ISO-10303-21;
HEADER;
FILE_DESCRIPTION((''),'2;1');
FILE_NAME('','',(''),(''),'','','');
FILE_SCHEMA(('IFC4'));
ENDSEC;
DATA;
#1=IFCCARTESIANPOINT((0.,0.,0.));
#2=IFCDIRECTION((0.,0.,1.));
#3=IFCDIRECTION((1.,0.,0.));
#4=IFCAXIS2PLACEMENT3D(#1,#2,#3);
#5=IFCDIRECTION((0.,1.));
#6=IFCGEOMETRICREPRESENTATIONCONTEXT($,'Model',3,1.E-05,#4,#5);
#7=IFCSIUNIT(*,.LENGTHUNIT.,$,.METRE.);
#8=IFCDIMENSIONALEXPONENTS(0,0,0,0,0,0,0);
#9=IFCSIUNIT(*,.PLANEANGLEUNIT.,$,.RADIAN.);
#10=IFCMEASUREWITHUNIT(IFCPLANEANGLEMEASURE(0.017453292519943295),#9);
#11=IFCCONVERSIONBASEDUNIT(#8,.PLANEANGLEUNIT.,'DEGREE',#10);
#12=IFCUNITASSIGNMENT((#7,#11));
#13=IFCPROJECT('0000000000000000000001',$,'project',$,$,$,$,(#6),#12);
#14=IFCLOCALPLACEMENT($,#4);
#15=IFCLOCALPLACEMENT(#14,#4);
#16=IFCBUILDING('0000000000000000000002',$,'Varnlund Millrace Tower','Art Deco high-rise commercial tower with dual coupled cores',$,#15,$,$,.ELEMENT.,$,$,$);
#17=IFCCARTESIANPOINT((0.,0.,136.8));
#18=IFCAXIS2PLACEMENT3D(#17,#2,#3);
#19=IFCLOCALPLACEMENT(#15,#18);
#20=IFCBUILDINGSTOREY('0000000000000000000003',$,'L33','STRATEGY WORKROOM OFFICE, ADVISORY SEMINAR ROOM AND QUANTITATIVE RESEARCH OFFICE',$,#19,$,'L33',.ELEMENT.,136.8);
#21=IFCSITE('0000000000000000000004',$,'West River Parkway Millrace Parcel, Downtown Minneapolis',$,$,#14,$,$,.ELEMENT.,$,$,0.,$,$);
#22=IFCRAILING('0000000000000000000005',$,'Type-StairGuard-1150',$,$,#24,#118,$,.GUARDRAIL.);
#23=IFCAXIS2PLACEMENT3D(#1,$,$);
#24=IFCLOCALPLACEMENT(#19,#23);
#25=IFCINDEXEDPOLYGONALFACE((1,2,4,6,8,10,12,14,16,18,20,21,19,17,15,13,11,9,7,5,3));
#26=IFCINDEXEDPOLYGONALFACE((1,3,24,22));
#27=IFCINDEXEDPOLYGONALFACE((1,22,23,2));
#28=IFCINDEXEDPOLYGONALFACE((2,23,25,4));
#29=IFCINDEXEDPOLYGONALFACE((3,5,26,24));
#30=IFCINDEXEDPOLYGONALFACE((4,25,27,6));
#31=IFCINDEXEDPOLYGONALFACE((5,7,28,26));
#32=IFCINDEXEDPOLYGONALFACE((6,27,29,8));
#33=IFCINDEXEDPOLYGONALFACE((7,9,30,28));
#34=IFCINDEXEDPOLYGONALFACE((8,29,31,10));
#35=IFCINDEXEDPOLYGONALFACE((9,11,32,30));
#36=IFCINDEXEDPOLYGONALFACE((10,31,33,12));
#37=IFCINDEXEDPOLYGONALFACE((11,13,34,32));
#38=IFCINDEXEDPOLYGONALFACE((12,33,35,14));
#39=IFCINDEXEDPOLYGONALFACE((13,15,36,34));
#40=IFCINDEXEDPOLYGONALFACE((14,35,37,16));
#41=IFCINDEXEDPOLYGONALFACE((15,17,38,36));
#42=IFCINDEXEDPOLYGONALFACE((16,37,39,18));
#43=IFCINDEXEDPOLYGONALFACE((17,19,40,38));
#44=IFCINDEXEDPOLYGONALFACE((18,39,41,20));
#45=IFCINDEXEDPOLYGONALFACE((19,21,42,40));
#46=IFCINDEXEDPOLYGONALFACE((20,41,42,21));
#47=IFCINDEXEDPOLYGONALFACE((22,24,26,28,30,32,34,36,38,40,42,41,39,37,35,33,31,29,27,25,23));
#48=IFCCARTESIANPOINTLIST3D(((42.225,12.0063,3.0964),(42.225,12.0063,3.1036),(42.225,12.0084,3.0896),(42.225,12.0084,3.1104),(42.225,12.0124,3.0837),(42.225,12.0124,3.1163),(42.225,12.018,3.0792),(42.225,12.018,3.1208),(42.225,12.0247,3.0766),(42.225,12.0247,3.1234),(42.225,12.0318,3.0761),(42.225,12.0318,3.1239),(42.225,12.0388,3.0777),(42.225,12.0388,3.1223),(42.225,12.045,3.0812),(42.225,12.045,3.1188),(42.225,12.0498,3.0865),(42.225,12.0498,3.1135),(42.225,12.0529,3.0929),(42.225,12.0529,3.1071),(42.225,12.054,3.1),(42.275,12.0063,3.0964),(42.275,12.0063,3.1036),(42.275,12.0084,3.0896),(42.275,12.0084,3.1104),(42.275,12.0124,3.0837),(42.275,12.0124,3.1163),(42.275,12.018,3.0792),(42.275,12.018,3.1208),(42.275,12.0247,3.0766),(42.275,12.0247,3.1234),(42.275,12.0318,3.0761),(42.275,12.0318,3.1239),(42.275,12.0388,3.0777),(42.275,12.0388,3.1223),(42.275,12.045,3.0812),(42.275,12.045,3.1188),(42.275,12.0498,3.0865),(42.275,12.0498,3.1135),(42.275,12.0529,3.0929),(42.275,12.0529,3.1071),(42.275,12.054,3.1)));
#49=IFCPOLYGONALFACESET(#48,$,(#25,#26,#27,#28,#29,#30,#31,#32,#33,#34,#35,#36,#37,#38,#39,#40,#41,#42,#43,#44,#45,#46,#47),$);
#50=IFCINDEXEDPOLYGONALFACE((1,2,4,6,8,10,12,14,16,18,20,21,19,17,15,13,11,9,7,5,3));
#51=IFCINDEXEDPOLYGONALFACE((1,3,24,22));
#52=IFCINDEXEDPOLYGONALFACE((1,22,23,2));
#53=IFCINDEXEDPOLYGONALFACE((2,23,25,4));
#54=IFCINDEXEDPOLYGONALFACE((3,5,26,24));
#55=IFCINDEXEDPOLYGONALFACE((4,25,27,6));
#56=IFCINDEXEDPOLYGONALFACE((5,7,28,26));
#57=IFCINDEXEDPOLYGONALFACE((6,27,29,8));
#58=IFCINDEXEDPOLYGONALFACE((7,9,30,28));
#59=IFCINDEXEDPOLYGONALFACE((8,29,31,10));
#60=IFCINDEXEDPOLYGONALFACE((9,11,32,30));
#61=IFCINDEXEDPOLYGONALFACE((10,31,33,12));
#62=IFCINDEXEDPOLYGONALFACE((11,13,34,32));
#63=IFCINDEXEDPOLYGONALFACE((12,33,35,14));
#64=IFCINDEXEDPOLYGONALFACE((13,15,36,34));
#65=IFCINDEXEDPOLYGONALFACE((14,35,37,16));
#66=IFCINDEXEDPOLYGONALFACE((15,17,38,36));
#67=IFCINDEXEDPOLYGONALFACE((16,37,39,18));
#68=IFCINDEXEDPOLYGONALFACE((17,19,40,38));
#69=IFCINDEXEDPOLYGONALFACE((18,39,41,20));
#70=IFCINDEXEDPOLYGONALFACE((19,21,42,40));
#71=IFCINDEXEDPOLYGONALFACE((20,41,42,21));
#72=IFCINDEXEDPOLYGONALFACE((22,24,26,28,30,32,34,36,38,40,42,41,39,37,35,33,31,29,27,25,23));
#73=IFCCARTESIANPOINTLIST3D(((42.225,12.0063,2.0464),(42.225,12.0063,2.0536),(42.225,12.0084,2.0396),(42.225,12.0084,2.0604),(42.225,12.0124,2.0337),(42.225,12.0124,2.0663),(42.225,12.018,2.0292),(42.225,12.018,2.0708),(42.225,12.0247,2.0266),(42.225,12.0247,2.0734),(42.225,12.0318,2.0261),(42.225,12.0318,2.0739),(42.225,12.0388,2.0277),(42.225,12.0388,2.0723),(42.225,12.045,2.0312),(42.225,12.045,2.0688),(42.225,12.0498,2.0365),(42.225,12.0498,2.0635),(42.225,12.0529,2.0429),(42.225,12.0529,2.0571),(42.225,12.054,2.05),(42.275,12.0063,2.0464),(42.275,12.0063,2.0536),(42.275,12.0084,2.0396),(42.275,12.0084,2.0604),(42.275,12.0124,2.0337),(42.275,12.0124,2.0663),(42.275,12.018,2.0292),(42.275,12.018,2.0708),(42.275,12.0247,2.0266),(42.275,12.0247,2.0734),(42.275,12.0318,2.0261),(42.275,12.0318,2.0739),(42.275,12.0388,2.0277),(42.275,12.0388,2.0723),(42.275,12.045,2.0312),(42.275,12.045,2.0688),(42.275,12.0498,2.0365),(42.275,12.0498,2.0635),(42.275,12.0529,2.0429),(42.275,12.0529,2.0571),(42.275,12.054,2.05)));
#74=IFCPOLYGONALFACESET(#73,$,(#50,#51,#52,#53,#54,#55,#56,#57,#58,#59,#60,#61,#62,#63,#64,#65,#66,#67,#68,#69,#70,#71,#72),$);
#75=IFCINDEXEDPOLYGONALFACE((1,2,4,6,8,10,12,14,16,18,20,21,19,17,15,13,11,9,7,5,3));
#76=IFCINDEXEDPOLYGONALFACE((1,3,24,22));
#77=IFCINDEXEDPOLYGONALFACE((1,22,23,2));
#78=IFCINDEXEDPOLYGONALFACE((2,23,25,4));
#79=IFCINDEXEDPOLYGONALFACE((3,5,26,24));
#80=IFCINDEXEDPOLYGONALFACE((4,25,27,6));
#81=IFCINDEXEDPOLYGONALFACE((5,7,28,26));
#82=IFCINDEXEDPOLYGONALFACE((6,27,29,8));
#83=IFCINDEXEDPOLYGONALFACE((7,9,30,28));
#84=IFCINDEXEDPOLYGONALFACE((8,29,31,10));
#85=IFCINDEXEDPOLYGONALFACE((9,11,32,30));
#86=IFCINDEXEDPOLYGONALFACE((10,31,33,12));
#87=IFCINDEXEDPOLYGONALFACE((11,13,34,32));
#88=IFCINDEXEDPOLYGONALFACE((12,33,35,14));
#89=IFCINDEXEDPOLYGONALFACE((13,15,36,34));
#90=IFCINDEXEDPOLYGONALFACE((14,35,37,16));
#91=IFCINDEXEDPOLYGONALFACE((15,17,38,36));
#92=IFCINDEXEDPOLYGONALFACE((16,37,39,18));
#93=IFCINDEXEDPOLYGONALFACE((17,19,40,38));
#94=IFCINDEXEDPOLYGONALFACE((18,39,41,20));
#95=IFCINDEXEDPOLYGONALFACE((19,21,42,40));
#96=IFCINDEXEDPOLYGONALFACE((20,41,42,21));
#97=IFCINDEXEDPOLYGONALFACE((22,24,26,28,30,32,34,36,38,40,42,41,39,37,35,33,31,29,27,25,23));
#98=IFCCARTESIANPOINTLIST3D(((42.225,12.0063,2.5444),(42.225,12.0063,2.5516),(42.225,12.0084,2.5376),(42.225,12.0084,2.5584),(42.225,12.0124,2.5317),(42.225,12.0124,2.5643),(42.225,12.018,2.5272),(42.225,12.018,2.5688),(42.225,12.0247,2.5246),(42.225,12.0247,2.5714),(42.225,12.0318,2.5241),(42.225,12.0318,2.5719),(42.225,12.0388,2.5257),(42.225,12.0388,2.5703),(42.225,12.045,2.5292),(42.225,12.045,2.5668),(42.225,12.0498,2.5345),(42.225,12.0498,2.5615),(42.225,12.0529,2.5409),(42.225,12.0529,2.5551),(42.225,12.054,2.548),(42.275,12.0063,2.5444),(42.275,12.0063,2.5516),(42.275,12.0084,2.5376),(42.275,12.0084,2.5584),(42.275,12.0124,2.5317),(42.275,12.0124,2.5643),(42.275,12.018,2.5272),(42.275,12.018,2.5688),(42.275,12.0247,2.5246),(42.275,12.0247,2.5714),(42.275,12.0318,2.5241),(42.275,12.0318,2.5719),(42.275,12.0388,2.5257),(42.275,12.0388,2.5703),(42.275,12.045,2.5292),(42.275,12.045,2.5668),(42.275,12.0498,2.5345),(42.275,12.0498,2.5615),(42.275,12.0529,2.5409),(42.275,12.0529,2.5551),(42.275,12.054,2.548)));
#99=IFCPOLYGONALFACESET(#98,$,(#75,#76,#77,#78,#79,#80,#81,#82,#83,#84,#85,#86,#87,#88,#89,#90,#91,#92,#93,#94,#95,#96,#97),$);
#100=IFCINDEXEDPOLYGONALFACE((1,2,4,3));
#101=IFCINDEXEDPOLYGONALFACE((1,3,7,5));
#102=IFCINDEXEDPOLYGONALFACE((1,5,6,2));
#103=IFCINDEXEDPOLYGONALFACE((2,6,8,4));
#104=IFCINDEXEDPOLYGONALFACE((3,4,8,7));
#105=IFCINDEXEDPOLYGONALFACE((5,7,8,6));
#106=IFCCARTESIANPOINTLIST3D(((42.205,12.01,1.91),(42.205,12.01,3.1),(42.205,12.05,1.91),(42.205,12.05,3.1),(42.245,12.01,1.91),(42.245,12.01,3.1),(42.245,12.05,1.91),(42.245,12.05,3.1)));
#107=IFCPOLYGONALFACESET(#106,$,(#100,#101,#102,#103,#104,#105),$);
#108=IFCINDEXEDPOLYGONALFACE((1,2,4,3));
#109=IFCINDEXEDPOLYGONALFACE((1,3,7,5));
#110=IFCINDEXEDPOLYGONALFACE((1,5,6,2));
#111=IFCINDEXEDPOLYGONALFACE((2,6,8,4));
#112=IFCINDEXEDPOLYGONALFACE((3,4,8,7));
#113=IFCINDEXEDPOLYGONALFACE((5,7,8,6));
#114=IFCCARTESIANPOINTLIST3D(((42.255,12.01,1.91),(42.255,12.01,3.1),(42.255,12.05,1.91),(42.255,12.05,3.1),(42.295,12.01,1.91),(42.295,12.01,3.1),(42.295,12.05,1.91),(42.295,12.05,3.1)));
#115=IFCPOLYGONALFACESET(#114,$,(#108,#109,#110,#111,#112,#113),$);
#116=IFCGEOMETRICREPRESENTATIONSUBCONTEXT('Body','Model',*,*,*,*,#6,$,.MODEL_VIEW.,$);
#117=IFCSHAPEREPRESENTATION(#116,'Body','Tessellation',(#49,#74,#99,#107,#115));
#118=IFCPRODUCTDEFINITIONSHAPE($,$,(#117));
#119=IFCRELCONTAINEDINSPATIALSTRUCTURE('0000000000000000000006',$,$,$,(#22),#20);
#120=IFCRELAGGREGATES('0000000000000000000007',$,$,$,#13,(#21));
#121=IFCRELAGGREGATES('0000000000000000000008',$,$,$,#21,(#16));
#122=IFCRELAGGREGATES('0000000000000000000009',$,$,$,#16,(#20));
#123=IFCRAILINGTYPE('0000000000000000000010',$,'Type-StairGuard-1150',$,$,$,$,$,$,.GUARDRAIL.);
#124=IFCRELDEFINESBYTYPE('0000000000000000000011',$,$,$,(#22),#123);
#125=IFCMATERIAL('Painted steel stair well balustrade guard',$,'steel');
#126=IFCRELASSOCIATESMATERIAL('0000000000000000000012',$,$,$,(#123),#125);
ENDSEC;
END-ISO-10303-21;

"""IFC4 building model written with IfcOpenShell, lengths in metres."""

from ifc_helpers import new_model, entity, si_unit, converted_unit, direction, frame, origin_with_axes, origin_2d_with_axis, place, context, subcontext, project, spatial, rectangle, circle, extrude, material, type_object, element, save


model = new_model("IFC4")

# Units and contexts
model_context = context("Model", 3, precision=1e-05, world=origin_with_axes(), true_north=direction((0.0, 1.0)))
body_context = subcontext(model_context, "Body", "Model", "MODEL_VIEW")
ifc_project = project(units=[si_unit("LENGTHUNIT", "METRE"), converted_unit("PLANEANGLEUNIT", "DEGREE", entity("IfcPlaneAngleMeasure", 0.017453292519943295), si_unit("PLANEANGLEUNIT", "RADIAN"), dimensions=[0, 0, 0, 0, 0, 0, 0])], contexts=[model_context])

# Site, building, storey
site_placement = place(None, origin_with_axes())
site = spatial("IfcSite", under=ifc_project, at=site_placement, Name="West River Parkway Millrace Parcel, Downtown Minneapolis", CompositionType="ELEMENT", RefElevation=0.0)
building_placement = place(site_placement, origin_with_axes())
building = spatial("IfcBuilding", under=site, at=building_placement, Name="Varnlund Millrace Tower", Description="Art Deco high-rise commercial tower with dual coupled cores", CompositionType="ELEMENT")
storey_placement = place(building_placement, frame((0.0, 0.0, 136.8), z_axis=(0.0, 0.0, 1.0), x_axis=(1.0, 0.0, 0.0)))
storey = spatial("IfcBuildingStorey", under=building, at=storey_placement, Name="L33", Description="STRATEGY WORKROOM OFFICE, ADVISORY SEMINAR ROOM AND QUANTITATIVE RESEARCH OFFICE", LongName="L33", CompositionType="ELEMENT", Elevation=136.8)

# Railing
ifc_material_1 = material(Name="Painted steel stair well balustrade guard", Category="steel")
railing_type_1 = type_object("IfcRailingType", Name="Type-StairGuard-1150", PredefinedType="GUARDRAIL", material=ifc_material_1)
railing_1_placement = place(storey_placement, frame((0.0, 0.0, -136.8), z_axis=(0.0, 0.0, 1.0), x_axis=(1.0, 0.0, 0.0)))
element("IfcRailing", 1, at=railing_1_placement, inside=storey, type_object=railing_type_1, Name="Type-StairGuard-1150", PredefinedType="GUARDRAIL", context=body_context, shape_type="SweptSolid", body=[
    extrude(circle(Radius=0.024, at=origin_2d_with_axis()), frame((42.225, 12.03, 139.9), z_axis=(1.0, 0.0, 0.0), x_axis=(0.0, 1.0, 0.0)), (0.0, 0.0, 1.0), 0.05),
    extrude(circle(Radius=0.024, at=origin_2d_with_axis()), frame((42.225, 12.03, 138.85), z_axis=(1.0, 0.0, 0.0), x_axis=(0.0, 1.0, 0.0)), (0.0, 0.0, 1.0), 0.05),
    extrude(circle(Radius=0.024, at=origin_2d_with_axis()), frame((42.225, 12.03, 139.348), z_axis=(1.0, 0.0, 0.0), x_axis=(0.0, 1.0, 0.0)), (0.0, 0.0, 1.0), 0.05),
    extrude(rectangle(XDim=0.04, YDim=0.04, at=origin_2d_with_axis()), frame((42.225, 12.03, 138.71), z_axis=(0.0, 0.0, 1.0), x_axis=(1.0, 0.0, 0.0)), (0.0, 0.0, 1.0), 1.19),
    extrude(rectangle(XDim=0.04, YDim=0.04, at=origin_2d_with_axis()), frame((42.275, 12.03, 138.71), z_axis=(0.0, 0.0, 1.0), x_axis=(1.0, 0.0, 0.0)), (0.0, 0.0, 1.0), 1.19),
])

save(model, "model.ifc")
